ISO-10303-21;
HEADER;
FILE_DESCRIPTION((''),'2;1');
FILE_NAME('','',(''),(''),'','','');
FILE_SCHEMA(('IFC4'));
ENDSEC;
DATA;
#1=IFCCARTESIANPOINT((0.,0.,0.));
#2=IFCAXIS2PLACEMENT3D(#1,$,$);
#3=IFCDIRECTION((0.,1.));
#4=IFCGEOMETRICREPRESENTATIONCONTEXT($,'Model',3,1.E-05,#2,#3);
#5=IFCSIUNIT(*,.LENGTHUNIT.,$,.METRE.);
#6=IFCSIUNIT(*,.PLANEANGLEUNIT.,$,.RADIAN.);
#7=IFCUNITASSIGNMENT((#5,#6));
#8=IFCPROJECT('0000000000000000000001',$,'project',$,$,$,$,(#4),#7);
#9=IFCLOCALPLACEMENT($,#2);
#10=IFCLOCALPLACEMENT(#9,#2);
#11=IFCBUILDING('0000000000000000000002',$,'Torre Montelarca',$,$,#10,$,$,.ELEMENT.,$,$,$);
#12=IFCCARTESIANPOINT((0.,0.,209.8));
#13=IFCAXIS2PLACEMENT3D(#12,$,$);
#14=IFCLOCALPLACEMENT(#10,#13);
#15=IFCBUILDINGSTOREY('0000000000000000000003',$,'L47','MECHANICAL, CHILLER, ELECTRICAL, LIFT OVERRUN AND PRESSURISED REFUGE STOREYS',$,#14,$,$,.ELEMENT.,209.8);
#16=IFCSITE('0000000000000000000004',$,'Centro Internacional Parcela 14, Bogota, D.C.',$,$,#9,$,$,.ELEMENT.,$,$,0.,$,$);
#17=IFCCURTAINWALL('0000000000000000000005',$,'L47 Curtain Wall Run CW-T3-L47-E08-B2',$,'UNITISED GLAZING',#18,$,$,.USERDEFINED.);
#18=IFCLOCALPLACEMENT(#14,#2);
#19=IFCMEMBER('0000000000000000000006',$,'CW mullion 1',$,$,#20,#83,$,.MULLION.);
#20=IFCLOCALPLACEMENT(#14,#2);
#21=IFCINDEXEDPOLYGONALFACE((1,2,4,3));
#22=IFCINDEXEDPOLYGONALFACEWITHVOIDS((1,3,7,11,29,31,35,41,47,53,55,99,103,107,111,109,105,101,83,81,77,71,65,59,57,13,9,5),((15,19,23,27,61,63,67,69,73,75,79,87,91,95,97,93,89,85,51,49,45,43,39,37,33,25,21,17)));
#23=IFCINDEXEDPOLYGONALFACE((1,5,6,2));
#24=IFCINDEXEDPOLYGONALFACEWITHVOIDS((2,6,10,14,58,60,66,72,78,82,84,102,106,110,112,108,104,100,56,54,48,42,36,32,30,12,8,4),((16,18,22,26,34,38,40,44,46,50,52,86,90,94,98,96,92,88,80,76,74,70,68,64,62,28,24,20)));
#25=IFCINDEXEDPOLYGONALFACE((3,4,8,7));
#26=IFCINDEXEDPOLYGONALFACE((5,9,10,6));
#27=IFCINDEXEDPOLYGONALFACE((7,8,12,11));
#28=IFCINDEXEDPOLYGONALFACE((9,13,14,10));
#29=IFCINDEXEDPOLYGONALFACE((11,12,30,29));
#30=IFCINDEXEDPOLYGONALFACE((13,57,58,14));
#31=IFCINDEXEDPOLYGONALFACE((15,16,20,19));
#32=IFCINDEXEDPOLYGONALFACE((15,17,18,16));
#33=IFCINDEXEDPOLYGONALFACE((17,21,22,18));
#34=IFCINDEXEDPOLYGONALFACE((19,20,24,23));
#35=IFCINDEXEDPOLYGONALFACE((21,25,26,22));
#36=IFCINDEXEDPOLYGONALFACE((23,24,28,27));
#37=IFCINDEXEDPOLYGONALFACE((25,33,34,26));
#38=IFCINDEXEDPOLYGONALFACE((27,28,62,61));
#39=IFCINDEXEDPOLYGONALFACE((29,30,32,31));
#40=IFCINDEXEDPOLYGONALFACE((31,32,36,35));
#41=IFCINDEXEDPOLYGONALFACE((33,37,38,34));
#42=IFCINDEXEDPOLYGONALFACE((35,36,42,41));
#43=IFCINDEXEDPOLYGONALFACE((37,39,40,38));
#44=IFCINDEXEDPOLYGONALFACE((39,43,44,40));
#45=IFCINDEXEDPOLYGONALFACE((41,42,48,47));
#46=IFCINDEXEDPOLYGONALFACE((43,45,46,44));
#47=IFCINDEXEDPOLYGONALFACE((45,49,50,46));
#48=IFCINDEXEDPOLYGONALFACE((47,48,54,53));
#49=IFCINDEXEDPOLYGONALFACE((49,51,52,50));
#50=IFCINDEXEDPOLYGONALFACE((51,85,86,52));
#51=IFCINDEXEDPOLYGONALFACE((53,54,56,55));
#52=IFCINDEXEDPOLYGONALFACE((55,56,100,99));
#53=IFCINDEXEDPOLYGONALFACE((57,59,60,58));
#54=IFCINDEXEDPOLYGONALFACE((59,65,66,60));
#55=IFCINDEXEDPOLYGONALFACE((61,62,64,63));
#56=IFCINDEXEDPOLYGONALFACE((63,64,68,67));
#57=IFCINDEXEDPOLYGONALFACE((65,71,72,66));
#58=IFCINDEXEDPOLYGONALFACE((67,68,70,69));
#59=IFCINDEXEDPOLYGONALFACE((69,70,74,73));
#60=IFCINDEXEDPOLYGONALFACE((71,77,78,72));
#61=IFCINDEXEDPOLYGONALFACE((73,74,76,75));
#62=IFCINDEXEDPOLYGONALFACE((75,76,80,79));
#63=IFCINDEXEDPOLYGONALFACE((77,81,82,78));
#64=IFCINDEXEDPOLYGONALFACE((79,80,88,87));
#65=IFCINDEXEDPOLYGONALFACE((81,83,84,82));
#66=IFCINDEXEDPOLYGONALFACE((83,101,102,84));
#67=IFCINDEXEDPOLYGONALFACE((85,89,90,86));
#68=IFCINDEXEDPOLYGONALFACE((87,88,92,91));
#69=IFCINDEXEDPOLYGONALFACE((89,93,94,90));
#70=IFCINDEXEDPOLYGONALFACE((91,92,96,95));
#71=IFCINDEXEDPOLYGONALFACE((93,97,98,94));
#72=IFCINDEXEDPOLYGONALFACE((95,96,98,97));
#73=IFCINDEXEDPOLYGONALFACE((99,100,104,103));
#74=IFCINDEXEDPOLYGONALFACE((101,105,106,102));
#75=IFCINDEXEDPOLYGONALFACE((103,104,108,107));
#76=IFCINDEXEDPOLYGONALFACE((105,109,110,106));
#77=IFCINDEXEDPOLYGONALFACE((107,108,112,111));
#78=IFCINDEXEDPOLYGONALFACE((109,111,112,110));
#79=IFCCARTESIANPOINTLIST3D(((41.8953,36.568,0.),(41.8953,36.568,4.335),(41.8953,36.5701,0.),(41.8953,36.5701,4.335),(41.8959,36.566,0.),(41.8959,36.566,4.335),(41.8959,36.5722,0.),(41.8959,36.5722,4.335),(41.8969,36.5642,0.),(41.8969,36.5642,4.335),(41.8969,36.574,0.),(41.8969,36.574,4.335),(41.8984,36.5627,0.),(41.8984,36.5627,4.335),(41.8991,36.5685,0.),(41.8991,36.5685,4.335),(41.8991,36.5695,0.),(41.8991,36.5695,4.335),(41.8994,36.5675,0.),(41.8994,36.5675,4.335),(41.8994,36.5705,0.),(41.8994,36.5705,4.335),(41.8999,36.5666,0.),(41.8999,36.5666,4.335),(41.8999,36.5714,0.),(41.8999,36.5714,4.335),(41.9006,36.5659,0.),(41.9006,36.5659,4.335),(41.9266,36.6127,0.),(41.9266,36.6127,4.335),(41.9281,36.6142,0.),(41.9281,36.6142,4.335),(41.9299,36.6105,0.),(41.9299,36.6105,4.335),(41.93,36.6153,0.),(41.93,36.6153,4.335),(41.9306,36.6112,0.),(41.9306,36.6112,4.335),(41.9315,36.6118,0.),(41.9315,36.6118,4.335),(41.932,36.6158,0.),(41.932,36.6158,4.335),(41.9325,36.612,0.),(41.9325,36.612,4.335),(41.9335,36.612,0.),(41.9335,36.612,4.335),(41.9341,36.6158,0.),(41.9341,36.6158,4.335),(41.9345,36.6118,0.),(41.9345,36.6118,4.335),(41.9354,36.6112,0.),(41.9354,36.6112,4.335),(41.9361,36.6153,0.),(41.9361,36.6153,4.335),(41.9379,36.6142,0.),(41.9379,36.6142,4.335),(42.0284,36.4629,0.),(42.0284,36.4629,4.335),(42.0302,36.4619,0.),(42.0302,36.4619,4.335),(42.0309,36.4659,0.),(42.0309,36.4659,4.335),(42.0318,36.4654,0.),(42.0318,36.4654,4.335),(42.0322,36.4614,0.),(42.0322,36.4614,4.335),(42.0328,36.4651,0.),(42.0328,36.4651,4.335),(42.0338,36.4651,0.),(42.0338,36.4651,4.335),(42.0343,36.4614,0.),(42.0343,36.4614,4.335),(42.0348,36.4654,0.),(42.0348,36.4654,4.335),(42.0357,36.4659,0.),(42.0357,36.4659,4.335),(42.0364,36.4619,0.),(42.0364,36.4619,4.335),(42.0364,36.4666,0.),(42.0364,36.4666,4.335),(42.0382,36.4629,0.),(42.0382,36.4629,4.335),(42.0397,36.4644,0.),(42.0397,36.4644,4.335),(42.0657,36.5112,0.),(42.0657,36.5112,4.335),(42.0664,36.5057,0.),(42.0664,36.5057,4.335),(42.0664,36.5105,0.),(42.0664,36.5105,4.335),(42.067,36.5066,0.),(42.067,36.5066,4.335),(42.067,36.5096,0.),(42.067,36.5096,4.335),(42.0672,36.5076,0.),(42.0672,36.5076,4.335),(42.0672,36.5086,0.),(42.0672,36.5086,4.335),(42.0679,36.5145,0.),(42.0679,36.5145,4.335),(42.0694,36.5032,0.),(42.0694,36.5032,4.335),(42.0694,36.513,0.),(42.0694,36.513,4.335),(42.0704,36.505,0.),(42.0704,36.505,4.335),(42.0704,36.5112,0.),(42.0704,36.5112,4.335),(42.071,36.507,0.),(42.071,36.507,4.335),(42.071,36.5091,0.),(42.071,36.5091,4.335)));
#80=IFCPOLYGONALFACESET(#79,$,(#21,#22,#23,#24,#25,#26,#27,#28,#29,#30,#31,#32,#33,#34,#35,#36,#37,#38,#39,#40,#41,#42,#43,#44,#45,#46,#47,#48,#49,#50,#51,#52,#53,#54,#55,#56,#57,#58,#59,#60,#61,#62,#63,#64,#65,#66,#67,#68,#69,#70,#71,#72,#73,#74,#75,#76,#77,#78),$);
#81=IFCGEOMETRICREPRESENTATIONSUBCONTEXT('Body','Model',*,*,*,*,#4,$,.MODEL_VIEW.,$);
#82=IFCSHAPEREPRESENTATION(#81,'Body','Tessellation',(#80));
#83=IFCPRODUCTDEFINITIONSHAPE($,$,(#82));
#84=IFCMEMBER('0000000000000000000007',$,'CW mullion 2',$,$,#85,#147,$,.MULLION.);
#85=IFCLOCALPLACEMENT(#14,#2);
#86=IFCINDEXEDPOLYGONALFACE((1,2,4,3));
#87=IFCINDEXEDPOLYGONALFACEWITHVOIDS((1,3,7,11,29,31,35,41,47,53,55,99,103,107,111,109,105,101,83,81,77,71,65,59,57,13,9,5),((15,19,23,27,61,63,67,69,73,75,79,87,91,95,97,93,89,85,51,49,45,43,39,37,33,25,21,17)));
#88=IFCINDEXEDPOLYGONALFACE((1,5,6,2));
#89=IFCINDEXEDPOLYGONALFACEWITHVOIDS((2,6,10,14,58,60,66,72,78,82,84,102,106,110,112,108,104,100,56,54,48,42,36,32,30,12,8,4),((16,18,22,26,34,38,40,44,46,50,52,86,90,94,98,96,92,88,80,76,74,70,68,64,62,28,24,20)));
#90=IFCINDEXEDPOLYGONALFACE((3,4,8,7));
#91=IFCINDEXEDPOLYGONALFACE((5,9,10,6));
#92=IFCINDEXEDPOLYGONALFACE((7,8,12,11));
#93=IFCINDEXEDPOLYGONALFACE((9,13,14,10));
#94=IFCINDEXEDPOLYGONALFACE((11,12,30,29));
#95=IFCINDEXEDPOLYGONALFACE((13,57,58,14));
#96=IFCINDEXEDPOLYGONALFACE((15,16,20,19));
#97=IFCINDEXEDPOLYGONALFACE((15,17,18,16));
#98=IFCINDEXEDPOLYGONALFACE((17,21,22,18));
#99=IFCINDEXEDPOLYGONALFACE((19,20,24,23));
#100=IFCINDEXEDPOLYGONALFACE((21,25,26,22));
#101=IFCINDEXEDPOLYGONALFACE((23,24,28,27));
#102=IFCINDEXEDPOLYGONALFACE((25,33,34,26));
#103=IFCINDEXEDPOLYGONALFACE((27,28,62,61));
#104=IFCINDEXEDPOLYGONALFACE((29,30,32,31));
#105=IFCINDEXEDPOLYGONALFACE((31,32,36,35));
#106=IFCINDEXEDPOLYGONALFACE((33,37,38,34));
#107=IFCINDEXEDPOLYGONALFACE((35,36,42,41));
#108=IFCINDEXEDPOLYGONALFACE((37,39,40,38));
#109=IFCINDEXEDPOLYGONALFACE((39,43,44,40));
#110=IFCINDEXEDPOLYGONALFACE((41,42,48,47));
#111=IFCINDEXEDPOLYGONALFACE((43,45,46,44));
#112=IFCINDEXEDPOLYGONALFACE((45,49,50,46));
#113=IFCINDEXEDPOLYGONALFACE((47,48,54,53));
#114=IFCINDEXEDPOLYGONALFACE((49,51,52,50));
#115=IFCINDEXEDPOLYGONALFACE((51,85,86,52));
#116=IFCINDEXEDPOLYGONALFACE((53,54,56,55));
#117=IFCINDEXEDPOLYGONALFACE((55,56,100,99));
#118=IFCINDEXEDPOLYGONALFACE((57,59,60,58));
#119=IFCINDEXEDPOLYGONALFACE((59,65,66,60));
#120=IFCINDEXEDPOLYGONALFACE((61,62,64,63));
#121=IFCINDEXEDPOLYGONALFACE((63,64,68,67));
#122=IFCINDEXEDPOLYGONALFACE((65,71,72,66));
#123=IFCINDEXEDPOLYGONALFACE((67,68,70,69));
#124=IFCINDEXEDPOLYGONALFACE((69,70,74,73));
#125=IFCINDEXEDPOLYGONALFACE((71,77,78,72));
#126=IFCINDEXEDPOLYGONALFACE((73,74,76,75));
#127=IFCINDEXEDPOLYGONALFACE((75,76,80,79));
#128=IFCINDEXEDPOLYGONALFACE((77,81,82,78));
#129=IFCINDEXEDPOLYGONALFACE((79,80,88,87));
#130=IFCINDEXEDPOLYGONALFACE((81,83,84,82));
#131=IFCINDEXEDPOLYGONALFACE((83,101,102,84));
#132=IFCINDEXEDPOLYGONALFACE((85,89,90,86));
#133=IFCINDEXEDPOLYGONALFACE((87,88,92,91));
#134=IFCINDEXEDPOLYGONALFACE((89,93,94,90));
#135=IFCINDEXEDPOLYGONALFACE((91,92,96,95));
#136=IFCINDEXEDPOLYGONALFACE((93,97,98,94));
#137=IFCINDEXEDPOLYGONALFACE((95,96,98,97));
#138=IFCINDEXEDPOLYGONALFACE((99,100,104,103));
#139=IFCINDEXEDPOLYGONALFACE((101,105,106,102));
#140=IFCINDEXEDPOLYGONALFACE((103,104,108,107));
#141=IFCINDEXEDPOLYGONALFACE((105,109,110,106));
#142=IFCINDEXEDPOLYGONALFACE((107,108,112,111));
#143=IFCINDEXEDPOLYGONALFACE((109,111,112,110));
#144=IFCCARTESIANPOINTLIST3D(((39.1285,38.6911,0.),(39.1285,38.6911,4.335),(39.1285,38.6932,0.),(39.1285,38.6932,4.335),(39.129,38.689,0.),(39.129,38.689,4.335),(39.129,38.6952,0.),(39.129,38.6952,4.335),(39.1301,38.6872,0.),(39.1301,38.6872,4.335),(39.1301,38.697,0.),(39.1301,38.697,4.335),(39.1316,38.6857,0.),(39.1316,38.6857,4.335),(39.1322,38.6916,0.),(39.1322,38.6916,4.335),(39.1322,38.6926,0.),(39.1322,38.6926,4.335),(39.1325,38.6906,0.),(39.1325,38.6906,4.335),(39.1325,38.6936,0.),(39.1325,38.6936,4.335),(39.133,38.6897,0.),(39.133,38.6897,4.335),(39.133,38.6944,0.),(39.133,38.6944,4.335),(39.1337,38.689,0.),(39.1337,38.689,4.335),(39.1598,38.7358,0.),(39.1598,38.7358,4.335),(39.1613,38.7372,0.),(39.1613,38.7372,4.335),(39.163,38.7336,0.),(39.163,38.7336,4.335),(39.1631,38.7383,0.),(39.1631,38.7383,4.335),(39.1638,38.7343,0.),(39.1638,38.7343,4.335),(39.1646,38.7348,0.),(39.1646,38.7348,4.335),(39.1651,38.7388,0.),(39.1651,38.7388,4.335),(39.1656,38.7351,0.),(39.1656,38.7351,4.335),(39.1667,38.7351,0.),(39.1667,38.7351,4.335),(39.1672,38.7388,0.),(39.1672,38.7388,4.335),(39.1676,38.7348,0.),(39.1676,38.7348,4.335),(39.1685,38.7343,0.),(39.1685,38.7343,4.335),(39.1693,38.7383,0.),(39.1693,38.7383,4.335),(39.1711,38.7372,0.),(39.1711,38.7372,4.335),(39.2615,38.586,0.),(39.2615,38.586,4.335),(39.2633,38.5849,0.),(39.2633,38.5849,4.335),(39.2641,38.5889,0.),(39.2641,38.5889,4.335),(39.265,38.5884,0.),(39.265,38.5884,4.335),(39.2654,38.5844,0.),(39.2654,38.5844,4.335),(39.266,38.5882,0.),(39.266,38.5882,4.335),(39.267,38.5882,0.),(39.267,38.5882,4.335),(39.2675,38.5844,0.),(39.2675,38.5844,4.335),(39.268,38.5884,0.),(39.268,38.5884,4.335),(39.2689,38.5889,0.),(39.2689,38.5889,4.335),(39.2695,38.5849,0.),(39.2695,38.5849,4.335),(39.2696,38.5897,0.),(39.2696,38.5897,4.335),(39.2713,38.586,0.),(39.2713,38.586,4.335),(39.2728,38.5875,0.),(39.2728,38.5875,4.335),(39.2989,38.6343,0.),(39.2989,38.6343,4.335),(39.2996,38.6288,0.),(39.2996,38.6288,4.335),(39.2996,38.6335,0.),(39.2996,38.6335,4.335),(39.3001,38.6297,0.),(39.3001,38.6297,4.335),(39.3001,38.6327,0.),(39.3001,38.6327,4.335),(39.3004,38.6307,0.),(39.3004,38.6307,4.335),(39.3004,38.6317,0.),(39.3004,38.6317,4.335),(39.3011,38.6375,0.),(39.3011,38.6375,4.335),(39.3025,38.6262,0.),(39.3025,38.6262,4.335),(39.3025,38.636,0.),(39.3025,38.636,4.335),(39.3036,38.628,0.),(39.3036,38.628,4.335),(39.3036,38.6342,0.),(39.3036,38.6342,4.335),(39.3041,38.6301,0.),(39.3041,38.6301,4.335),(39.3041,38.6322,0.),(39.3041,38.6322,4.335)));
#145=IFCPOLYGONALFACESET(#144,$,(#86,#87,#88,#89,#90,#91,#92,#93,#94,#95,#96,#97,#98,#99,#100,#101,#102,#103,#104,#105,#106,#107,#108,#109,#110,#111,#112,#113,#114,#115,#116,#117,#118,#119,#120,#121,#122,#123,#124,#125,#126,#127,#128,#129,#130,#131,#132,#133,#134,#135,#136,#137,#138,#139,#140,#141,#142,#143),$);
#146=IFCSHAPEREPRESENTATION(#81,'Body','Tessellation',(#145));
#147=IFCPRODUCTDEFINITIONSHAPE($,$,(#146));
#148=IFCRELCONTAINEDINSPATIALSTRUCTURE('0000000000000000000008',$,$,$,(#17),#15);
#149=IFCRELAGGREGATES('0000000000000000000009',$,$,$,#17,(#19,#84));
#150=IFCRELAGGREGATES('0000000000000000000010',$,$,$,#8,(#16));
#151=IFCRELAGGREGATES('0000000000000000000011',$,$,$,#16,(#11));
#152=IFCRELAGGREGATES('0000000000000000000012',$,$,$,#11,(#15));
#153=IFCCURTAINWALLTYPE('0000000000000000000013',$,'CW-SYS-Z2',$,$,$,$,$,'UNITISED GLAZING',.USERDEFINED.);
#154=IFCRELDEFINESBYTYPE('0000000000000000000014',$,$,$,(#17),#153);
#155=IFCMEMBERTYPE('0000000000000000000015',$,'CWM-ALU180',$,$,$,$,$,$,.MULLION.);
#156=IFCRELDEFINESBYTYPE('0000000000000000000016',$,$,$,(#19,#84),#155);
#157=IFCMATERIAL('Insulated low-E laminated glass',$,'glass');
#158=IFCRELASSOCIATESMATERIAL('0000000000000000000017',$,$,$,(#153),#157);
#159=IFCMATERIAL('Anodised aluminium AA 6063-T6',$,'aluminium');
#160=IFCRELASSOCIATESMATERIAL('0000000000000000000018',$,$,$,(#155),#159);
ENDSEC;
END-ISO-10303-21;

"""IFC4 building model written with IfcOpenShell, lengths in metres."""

from ifc_helpers import new_model, si_unit, direction, frame, origin, origin_2d, place, context, subcontext, project, spatial, hollow_rectangle, extrude, source, transform, mapped, material, material_profile, profile_set, type_object, element, aggregate, save


model = new_model("IFC4")

# Units and contexts
model_context = context("Model", 3, precision=1e-05, world=origin(), true_north=direction((0.0, 1.0)))
body_context = subcontext(model_context, "Body", "Model", "MODEL_VIEW")
ifc_project = project(units=[si_unit("LENGTHUNIT", "METRE"), si_unit("PLANEANGLEUNIT", "RADIAN")], contexts=[model_context])

# Site, building, storey
site_placement = place(None, origin())
site = spatial("IfcSite", under=ifc_project, at=site_placement, Name="Centro Internacional Parcela 14, Bogota, D.C.", CompositionType="ELEMENT", RefElevation=0.0)
building_placement = place(site_placement, origin())
building = spatial("IfcBuilding", under=site, at=building_placement, Name="Torre Montelarca", CompositionType="ELEMENT")
storey_placement = place(building_placement, frame((0.0, 0.0, 209.8)))
storey = spatial("IfcBuildingStorey", under=building, at=storey_placement, Name="L47", Description="MECHANICAL, CHILLER, ELECTRICAL, LIFT OVERRUN AND PRESSURISED REFUGE STOREYS", CompositionType="ELEMENT", Elevation=209.8)

# Curtain wall
ifc_material_1 = material(Name="Insulated low-E laminated glass", Category="glass")
curtain_wall_type = type_object("IfcCurtainWallType", Name="CW-SYS-Z2", ElementType="UNITISED GLAZING", PredefinedType="USERDEFINED", material=ifc_material_1)
ifc_material_2 = material(Name="Anodised aluminium AA 6063-T6", Category="aluminium")
ifc_material_profile_1 = material_profile(ifc_material_2, hollow_rectangle(XDim=0.0649, YDim=0.1799, WallThickness=0.0039, InnerFilletRadius=0.0039, OuterFilletRadius=0.0081, at=origin_2d()), Name="ALU65X180X4", Category="aluminium")
ifc_profile_set_1 = profile_set([ifc_material_profile_1], Name="Anodised aluminium AA 6063-T6")
member_type_1 = type_object("IfcMemberType", Name="CWM-ALU180", PredefinedType="MULLION", material=ifc_profile_set_1)
curtain_wall_1_placement = place(storey_placement, origin())
curtain_wall_1 = element("IfcCurtainWall", 1, at=curtain_wall_1_placement, inside=storey, type_object=curtain_wall_type, Name="L47 Curtain Wall Run CW-T3-L47-E08-B2", ObjectType="UNITISED GLAZING", PredefinedType="USERDEFINED")

# Members
shared_shape_1 = source(origin(), body_context, "Body", "SweptSolid", [
    extrude(hollow_rectangle(XDim=0.0649, YDim=0.1799, WallThickness=0.0039, InnerFilletRadius=0.0039, OuterFilletRadius=0.0081, at=origin_2d()), origin(), (0.0, 0.0, 1.0), 4.335),
])
member_1_placement = place(storey_placement, frame((41.9832, 36.5386, 0.0), z_axis=(0.0, 0.0, 1.0), x_axis=(-0.608771, -0.793346, 0.0)))
member_1 = element("IfcMember", 2, at=member_1_placement, type_object=member_type_1, Name="CW mullion 1", PredefinedType="MULLION", context=body_context, shape_type="MappedRepresentation", body=[
    mapped(shared_shape_1, transform((0.0, 0.0, 0.0), scale=1.0)),
])
member_2_placement = place(storey_placement, frame((39.2163, 38.6616, 0.0), z_axis=(0.0, 0.0, 1.0), x_axis=(-0.608771, -0.793346, 0.0)))
member_2 = element("IfcMember", 3, at=member_2_placement, type_object=member_type_1, Name="CW mullion 2", PredefinedType="MULLION", context=body_context, shape_type="MappedRepresentation", body=[
    mapped(shared_shape_1, transform((0.0, 0.0, 0.0), scale=1.0)),
])

aggregate(curtain_wall_1, [member_1, member_2])

save(model, "model.ifc")
